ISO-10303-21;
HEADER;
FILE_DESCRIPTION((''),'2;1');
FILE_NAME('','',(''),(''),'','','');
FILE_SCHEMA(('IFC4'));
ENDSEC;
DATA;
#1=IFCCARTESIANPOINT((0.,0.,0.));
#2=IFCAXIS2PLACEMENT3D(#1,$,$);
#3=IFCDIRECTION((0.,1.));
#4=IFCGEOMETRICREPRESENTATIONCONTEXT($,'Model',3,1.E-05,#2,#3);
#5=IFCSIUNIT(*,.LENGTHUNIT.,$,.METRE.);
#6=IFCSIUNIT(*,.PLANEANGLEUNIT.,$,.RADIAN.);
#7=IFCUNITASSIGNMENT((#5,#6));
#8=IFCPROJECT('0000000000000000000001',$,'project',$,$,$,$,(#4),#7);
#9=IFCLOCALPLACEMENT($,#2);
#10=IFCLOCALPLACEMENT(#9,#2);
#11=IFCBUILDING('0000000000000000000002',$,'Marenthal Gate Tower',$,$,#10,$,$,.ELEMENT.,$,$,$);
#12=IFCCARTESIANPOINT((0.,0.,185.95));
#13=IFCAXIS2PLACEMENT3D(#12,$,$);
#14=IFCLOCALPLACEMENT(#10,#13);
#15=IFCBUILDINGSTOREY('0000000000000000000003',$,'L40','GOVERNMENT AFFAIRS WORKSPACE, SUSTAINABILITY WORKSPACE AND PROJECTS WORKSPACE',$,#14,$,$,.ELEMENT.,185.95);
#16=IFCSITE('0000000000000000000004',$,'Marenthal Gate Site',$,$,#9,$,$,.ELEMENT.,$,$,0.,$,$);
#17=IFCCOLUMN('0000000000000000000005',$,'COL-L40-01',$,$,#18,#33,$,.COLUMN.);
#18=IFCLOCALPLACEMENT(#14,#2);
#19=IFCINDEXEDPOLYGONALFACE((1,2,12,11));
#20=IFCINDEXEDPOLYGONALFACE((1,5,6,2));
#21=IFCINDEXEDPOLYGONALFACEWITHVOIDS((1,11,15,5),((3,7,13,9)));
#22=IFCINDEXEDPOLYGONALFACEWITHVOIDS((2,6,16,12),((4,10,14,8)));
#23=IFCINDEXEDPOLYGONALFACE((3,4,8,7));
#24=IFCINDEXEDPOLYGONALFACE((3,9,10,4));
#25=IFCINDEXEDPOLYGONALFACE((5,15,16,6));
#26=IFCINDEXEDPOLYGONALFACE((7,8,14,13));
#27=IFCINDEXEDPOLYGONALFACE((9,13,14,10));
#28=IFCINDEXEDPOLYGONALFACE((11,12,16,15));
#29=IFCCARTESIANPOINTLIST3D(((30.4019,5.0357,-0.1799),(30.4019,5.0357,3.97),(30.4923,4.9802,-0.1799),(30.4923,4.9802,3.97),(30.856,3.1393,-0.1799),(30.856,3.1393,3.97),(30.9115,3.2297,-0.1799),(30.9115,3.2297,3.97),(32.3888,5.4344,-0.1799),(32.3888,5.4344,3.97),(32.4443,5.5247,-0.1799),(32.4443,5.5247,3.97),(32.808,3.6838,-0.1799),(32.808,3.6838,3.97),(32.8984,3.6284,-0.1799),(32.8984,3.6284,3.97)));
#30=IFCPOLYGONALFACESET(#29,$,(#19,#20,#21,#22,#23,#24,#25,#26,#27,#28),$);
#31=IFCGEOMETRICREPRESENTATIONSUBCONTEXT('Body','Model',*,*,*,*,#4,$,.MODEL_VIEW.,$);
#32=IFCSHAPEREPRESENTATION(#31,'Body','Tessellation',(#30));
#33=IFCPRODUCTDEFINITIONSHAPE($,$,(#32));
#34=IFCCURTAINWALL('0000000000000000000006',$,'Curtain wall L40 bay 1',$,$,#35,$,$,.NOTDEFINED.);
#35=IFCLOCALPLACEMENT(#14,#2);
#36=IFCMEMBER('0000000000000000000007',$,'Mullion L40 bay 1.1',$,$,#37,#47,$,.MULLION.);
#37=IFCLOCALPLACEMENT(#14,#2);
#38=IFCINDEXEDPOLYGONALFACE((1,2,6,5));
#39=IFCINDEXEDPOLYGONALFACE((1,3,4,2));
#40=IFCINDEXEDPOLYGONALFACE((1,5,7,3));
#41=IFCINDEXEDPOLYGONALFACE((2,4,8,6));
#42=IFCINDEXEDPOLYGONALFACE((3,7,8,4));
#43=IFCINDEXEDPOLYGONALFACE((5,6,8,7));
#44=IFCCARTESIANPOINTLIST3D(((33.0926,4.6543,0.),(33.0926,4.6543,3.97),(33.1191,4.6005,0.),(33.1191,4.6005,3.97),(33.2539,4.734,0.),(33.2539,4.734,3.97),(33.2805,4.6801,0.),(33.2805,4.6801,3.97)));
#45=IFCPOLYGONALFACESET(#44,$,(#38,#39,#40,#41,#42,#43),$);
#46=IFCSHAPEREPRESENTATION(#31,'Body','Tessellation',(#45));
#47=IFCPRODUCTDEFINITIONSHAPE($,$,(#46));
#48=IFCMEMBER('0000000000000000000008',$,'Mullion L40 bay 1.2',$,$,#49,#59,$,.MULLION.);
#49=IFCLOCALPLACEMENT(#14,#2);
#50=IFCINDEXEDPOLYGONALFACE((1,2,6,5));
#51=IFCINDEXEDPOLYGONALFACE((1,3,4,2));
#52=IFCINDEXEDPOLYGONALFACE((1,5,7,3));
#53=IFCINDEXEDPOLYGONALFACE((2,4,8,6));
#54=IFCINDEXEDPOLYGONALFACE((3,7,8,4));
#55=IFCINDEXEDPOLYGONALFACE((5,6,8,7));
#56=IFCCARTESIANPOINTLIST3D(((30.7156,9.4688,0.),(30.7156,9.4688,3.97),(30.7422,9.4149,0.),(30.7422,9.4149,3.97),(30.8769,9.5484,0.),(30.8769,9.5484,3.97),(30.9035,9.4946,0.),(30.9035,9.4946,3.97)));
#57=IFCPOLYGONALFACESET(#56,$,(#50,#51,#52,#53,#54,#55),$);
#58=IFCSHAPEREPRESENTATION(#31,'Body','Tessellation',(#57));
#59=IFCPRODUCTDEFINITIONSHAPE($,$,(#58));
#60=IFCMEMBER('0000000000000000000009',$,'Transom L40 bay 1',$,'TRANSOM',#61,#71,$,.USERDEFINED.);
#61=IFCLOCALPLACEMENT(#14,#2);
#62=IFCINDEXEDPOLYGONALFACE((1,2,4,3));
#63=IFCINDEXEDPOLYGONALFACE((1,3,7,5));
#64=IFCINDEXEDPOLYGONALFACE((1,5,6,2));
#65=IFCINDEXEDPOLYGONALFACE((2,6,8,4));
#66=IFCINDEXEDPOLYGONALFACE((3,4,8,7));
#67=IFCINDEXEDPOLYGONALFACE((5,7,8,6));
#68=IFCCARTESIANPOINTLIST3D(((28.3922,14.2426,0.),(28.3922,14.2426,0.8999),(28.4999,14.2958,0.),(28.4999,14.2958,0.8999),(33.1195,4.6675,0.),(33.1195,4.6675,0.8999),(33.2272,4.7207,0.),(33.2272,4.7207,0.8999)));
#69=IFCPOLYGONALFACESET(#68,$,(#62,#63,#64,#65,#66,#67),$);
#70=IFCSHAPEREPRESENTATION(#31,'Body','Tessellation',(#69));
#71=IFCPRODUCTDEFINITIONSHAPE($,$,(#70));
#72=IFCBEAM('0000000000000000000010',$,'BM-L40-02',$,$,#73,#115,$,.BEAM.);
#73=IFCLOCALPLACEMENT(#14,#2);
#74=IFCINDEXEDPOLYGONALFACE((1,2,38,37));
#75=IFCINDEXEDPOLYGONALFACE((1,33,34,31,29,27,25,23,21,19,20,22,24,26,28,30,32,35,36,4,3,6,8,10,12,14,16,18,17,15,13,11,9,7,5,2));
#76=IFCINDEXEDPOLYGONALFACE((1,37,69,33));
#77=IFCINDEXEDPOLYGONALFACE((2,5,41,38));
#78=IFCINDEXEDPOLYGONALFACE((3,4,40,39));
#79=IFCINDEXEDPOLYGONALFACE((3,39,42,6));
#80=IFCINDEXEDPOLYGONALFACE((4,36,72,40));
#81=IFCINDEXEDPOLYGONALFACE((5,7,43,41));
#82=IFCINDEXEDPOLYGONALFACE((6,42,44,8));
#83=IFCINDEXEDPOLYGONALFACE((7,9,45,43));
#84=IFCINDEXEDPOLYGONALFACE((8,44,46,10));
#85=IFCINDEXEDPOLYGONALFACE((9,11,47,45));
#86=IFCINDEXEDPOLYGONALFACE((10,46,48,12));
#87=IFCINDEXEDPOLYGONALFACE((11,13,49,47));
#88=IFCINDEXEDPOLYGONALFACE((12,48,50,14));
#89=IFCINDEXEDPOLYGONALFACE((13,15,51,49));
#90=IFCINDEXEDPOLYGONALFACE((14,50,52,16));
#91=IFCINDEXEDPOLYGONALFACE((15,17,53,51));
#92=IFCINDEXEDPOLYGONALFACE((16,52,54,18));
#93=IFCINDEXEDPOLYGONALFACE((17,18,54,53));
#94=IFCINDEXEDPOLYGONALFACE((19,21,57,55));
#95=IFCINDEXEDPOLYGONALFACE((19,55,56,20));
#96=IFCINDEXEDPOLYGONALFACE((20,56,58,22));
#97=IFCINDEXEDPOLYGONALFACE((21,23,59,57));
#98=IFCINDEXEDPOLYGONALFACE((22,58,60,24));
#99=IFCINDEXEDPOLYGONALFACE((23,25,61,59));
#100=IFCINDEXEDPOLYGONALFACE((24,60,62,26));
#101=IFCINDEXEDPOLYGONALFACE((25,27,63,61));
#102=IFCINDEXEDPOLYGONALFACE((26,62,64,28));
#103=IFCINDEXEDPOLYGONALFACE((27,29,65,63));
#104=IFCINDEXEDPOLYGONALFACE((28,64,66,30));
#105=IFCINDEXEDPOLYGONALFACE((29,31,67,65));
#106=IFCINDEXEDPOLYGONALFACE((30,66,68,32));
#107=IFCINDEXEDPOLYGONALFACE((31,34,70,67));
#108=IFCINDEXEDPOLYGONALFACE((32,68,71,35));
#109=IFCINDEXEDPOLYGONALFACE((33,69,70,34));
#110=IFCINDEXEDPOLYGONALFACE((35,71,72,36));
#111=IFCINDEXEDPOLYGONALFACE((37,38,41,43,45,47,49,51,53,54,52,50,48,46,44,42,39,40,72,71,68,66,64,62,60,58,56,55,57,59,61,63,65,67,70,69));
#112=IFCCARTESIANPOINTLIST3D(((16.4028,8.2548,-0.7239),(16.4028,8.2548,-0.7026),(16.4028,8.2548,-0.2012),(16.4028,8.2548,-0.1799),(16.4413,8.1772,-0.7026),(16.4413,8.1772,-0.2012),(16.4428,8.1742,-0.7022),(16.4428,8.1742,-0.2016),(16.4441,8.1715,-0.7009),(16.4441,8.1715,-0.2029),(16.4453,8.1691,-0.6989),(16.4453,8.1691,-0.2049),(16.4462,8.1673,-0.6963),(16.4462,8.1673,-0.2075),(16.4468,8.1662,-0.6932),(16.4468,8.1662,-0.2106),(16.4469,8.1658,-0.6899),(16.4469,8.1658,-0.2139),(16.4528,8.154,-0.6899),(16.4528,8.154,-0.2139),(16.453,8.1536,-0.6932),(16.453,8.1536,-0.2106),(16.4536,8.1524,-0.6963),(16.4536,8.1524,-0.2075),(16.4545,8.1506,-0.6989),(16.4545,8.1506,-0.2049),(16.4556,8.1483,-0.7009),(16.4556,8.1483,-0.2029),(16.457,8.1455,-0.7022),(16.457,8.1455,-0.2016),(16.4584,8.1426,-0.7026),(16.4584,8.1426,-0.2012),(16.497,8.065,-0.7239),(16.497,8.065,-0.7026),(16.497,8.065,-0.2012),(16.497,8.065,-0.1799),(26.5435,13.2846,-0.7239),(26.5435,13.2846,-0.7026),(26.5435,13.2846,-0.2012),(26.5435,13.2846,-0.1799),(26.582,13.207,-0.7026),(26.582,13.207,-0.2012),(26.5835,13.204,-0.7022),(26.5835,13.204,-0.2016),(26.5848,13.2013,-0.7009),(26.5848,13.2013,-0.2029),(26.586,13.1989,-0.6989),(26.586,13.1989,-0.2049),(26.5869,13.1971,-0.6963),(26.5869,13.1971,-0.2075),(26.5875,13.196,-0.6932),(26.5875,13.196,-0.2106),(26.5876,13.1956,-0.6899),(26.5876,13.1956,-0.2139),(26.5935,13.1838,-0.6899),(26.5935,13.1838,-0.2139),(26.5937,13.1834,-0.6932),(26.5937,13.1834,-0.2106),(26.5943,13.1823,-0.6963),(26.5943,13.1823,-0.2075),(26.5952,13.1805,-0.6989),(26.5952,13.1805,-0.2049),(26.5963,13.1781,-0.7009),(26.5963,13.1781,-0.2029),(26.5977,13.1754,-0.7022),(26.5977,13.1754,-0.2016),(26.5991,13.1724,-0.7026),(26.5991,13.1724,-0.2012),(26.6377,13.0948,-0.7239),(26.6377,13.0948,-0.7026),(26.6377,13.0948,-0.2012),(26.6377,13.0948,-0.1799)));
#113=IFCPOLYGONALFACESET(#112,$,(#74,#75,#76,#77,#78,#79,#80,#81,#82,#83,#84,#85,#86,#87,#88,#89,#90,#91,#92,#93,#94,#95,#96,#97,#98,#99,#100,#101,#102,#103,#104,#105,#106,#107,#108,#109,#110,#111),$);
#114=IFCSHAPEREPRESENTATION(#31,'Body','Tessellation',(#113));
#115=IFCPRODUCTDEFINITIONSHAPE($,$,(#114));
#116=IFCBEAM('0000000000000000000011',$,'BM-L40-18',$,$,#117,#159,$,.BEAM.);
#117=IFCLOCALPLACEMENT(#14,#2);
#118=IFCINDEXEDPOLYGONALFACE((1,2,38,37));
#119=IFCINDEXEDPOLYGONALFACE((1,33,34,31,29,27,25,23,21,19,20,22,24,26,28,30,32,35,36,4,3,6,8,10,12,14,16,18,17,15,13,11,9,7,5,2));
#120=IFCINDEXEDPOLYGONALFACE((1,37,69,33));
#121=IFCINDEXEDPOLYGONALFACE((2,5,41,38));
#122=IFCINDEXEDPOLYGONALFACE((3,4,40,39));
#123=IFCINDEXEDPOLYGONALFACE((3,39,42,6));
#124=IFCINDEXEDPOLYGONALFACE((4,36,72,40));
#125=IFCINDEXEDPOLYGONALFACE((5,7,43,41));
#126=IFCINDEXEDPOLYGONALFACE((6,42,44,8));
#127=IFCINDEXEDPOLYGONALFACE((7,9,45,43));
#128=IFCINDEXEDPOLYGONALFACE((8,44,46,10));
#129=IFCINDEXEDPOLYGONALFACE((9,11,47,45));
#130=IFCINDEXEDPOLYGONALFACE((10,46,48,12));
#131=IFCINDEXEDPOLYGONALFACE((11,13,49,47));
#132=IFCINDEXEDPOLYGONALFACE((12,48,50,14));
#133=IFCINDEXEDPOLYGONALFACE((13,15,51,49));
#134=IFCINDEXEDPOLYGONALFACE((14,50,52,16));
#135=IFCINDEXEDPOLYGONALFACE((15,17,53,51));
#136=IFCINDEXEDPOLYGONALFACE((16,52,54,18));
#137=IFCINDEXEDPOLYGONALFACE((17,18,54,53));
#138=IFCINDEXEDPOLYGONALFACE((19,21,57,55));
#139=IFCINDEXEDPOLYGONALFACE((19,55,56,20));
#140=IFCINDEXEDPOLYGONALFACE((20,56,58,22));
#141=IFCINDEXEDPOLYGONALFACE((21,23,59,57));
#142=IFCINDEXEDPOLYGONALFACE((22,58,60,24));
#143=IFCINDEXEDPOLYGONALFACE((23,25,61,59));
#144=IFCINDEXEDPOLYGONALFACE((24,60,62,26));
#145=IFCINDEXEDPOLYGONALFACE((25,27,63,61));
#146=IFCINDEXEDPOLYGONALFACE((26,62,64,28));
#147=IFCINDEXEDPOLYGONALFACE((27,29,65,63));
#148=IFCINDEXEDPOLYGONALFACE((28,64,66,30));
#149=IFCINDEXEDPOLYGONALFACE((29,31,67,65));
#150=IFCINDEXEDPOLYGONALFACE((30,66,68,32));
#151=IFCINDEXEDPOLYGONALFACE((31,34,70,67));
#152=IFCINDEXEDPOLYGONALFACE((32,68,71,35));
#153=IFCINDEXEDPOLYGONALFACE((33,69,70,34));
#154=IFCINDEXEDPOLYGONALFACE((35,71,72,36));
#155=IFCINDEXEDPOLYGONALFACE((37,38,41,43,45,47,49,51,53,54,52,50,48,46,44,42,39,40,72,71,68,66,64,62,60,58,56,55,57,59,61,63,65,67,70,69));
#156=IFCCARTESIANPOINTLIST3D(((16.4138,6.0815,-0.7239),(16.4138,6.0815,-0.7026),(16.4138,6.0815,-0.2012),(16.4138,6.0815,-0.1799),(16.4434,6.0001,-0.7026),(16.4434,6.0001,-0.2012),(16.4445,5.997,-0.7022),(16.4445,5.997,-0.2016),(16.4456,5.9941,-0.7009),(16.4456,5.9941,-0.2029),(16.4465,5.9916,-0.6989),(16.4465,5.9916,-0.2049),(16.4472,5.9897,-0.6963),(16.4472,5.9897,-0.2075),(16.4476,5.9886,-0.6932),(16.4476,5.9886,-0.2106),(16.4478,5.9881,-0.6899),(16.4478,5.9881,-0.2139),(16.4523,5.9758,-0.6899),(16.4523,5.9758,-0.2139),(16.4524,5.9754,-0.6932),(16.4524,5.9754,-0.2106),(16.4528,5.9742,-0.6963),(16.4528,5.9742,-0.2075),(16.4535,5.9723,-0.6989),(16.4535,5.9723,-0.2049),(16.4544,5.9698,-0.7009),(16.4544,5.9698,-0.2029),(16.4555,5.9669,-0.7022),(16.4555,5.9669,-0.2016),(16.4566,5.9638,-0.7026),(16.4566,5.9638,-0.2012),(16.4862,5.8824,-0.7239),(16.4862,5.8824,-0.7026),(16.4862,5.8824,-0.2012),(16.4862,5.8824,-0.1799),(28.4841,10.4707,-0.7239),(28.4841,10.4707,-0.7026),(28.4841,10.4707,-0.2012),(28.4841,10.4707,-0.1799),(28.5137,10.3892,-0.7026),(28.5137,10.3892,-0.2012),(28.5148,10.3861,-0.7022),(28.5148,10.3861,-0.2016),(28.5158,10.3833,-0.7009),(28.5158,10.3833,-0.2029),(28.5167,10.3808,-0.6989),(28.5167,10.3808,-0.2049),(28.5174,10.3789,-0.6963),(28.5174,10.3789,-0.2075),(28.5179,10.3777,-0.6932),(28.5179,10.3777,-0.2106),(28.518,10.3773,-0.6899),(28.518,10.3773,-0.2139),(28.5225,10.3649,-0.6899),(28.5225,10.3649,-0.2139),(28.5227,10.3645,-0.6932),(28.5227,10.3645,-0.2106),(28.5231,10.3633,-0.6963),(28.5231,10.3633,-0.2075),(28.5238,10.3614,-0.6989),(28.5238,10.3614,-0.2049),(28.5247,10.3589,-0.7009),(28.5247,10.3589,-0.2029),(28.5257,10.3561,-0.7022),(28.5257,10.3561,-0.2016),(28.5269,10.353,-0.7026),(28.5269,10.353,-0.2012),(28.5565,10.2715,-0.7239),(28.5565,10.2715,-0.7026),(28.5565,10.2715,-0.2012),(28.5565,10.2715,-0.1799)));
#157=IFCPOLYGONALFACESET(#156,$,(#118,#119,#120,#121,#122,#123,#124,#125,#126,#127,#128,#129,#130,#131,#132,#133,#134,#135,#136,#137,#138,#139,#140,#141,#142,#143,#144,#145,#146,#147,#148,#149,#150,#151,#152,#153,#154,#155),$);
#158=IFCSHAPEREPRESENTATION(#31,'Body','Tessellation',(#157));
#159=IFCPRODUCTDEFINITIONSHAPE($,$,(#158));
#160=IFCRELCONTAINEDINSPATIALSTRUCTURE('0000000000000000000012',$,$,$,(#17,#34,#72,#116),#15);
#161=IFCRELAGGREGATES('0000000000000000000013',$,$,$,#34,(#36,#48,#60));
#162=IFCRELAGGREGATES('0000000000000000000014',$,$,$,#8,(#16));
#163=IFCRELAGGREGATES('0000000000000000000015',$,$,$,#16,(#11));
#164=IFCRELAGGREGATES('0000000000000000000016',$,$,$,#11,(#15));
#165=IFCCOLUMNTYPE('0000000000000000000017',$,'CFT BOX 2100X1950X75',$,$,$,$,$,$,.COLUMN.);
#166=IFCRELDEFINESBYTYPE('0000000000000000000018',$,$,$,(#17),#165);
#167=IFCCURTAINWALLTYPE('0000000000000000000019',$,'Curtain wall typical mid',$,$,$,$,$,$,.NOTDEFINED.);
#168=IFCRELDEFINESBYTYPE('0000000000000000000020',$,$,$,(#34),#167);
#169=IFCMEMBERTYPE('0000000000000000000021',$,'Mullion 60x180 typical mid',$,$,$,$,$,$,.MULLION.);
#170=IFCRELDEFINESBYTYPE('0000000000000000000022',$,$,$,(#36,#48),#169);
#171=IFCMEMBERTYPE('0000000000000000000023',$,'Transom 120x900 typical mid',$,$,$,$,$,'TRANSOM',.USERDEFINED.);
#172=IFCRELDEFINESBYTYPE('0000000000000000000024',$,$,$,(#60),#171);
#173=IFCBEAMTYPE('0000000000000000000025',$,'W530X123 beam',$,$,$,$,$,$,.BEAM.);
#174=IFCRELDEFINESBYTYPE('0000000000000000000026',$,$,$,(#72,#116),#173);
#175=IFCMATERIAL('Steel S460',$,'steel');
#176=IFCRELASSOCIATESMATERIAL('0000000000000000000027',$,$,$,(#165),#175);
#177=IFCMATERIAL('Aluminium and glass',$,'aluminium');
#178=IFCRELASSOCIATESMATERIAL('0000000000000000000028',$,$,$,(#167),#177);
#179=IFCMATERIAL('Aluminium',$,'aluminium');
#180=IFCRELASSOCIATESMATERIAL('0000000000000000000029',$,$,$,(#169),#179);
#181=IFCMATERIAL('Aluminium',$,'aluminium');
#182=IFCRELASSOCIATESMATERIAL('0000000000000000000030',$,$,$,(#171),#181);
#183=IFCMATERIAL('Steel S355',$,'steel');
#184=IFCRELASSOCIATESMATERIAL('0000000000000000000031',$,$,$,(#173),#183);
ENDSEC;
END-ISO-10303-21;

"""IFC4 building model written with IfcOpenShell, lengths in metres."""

from ifc_helpers import new_model, si_unit, direction, frame, origin, origin_2d, place, context, subcontext, project, spatial, rectangle, hollow_rectangle, i_section, extrude, material, material_profile, profile_set, type_object, element, aggregate, save


model = new_model("IFC4")

# Units and contexts
model_context = context("Model", 3, precision=1e-05, world=origin(), true_north=direction((0.0, 1.0)))
body_context = subcontext(model_context, "Body", "Model", "MODEL_VIEW")
ifc_project = project(units=[si_unit("LENGTHUNIT", "METRE"), si_unit("PLANEANGLEUNIT", "RADIAN")], contexts=[model_context])

# Site, building, storey
site_placement = place(None, origin())
site = spatial("IfcSite", under=ifc_project, at=site_placement, Name="Marenthal Gate Site", CompositionType="ELEMENT", RefElevation=0.0)
building_placement = place(site_placement, origin())
building = spatial("IfcBuilding", under=site, at=building_placement, Name="Marenthal Gate Tower", CompositionType="ELEMENT")
storey_placement = place(building_placement, frame((0.0, 0.0, 185.95)))
storey = spatial("IfcBuildingStorey", under=building, at=storey_placement, Name="L40", Description="GOVERNMENT AFFAIRS WORKSPACE, SUSTAINABILITY WORKSPACE AND PROJECTS WORKSPACE", CompositionType="ELEMENT", Elevation=185.95)

# Column
ifc_material_1 = material(Name="Steel S460", Category="steel")
ifc_material_profile_1 = material_profile(ifc_material_1, hollow_rectangle(XDim=1.95, YDim=2.1001, WallThickness=0.075, at=origin_2d()), Name="CFT BOX 2100X1950X75")
ifc_material_2 = material(Name="Concrete 70 MPa", Category="concrete")
ifc_material_profile_2 = material_profile(ifc_material_2, rectangle(XDim=1.8, YDim=1.95, at=origin_2d()), Name="CFT BOX 2100X1950X75 INFILL")
ifc_profile_set_1 = profile_set([ifc_material_profile_1, ifc_material_profile_2], Name="Steel S460 shell, Concrete 70 MPa infill")
column_type = type_object("IfcColumnType", Name="CFT BOX 2100X1950X75", PredefinedType="COLUMN", material=ifc_profile_set_1)
column_placement = place(storey_placement, frame((31.6501, 4.332, -0.1799), z_axis=(0.0, 0.0, 1.0), x_axis=(0.23288, -0.972505, 0.0)))
element("IfcColumn", 1, at=column_placement, inside=storey, type_object=column_type, Name="COL-L40-01", PredefinedType="COLUMN", context=body_context, shape_type="SweptSolid", body=[
    extrude(hollow_rectangle(XDim=1.95, YDim=2.1001, WallThickness=0.075, at=origin_2d()), origin(), (0.0, 0.0, 1.0), 4.1499),
])

# Curtain wall, members
ifc_material_3 = material(Name="Aluminium and glass", Category="aluminium")
curtain_wall_type = type_object("IfcCurtainWallType", Name="Curtain wall typical mid", PredefinedType="NOTDEFINED", material=ifc_material_3)
curtain_wall_placement = place(storey_placement, origin())
curtain_wall = element("IfcCurtainWall", 2, at=curtain_wall_placement, inside=storey, type_object=curtain_wall_type, Name="Curtain wall L40 bay 1", PredefinedType="NOTDEFINED")
ifc_material_4 = material(Name="Aluminium", Category="aluminium")
ifc_material_profile_3 = material_profile(ifc_material_4, rectangle(XDim=0.1799, YDim=0.0601, at=origin_2d()), Name="60x180 aluminium mullion")
ifc_profile_set_2 = profile_set([ifc_material_profile_3], Name="Aluminium")
member_type_1 = type_object("IfcMemberType", Name="Mullion 60x180 typical mid", PredefinedType="MULLION", material=ifc_profile_set_2)
member_1_placement = place(storey_placement, frame((33.1865, 4.6672, 0.0), z_axis=(0.0, 0.0, 1.0), x_axis=(-0.896681, -0.442678, 0.0)))
member_1 = element("IfcMember", 3, at=member_1_placement, type_object=member_type_1, Name="Mullion L40 bay 1.1", PredefinedType="MULLION", context=body_context, shape_type="SweptSolid", body=[
    extrude(rectangle(XDim=0.1799, YDim=0.0601, at=origin_2d()), origin(), (0.0, 0.0, 1.0), 3.97),
])
member_2_placement = place(storey_placement, frame((30.8096, 9.4817, 0.0), z_axis=(0.0, 0.0, 1.0), x_axis=(-0.896681, -0.442678, 0.0)))
member_2 = element("IfcMember", 4, at=member_2_placement, type_object=member_type_1, Name="Mullion L40 bay 1.2", PredefinedType="MULLION", context=body_context, shape_type="SweptSolid", body=[
    extrude(rectangle(XDim=0.1799, YDim=0.0601, at=origin_2d()), origin(), (0.0, 0.0, 1.0), 3.97),
])
ifc_material_5 = material(Name="Aluminium", Category="aluminium")
ifc_material_profile_4 = material_profile(ifc_material_5, rectangle(XDim=0.1201, YDim=0.8999, at=origin_2d()), Name="120x900 aluminium transom")
ifc_profile_set_3 = profile_set([ifc_material_profile_4], Name="Aluminium")
member_type_2 = type_object("IfcMemberType", Name="Transom 120x900 typical mid", ElementType="TRANSOM", PredefinedType="USERDEFINED", material=ifc_profile_set_3)
member_3_placement = place(storey_placement, frame((33.1733, 4.6941, 0.45), z_axis=(-0.44269, 0.896675, 0.0), x_axis=(-0.896675, -0.44269, 0.0)))
member_3 = element("IfcMember", 5, at=member_3_placement, type_object=member_type_2, Name="Transom L40 bay 1", ObjectType="TRANSOM", PredefinedType="USERDEFINED", context=body_context, shape_type="SweptSolid", body=[
    extrude(rectangle(XDim=0.1201, YDim=0.8999, at=origin_2d()), origin(), (0.0, 0.0, 1.0), 10.6785),
])

# Beams
ifc_material_6 = material(Name="Steel S355", Category="steel")
ifc_material_profile_5 = material_profile(ifc_material_6, i_section(OverallWidth=0.2119, OverallDepth=0.5439, WebThickness=0.0132, FlangeThickness=0.0212, FilletRadius=0.0127, at=origin_2d()), Name="W530X123")
ifc_profile_set_4 = profile_set([ifc_material_profile_5], Name="Steel S355")
beam_type_1 = type_object("IfcBeamType", Name="W530X123 beam", PredefinedType="BEAM", material=ifc_profile_set_4)
beam_1_placement = place(storey_placement, frame((26.5906, 13.1897, -0.4519), z_axis=(-0.895855, -0.444347, 0.0), x_axis=(0.444347, -0.895855, 0.0)))
element("IfcBeam", 6, at=beam_1_placement, inside=storey, type_object=beam_type_1, Name="BM-L40-02", PredefinedType="BEAM", context=body_context, shape_type="SweptSolid", body=[
    extrude(i_section(OverallWidth=0.2119, OverallDepth=0.5439, WebThickness=0.0132, FlangeThickness=0.0212, FilletRadius=0.0127, at=origin_2d()), origin(), (0.0, 0.0, 1.0), 11.3196),
])
beam_2_placement = place(storey_placement, frame((28.5203, 10.3711, -0.4519), z_axis=(-0.939795, -0.34174, 0.0), x_axis=(0.34174, -0.939795, 0.0)))
element("IfcBeam", 7, at=beam_2_placement, inside=storey, type_object=beam_type_1, Name="BM-L40-18", PredefinedType="BEAM", context=body_context, shape_type="SweptSolid", body=[
    extrude(i_section(OverallWidth=0.2119, OverallDepth=0.5439, WebThickness=0.0132, FlangeThickness=0.0212, FilletRadius=0.0127, at=origin_2d()), origin(), (0.0, 0.0, 1.0), 12.8435),
])

aggregate(curtain_wall, [member_1, member_2, member_3])

save(model, "model.ifc")
